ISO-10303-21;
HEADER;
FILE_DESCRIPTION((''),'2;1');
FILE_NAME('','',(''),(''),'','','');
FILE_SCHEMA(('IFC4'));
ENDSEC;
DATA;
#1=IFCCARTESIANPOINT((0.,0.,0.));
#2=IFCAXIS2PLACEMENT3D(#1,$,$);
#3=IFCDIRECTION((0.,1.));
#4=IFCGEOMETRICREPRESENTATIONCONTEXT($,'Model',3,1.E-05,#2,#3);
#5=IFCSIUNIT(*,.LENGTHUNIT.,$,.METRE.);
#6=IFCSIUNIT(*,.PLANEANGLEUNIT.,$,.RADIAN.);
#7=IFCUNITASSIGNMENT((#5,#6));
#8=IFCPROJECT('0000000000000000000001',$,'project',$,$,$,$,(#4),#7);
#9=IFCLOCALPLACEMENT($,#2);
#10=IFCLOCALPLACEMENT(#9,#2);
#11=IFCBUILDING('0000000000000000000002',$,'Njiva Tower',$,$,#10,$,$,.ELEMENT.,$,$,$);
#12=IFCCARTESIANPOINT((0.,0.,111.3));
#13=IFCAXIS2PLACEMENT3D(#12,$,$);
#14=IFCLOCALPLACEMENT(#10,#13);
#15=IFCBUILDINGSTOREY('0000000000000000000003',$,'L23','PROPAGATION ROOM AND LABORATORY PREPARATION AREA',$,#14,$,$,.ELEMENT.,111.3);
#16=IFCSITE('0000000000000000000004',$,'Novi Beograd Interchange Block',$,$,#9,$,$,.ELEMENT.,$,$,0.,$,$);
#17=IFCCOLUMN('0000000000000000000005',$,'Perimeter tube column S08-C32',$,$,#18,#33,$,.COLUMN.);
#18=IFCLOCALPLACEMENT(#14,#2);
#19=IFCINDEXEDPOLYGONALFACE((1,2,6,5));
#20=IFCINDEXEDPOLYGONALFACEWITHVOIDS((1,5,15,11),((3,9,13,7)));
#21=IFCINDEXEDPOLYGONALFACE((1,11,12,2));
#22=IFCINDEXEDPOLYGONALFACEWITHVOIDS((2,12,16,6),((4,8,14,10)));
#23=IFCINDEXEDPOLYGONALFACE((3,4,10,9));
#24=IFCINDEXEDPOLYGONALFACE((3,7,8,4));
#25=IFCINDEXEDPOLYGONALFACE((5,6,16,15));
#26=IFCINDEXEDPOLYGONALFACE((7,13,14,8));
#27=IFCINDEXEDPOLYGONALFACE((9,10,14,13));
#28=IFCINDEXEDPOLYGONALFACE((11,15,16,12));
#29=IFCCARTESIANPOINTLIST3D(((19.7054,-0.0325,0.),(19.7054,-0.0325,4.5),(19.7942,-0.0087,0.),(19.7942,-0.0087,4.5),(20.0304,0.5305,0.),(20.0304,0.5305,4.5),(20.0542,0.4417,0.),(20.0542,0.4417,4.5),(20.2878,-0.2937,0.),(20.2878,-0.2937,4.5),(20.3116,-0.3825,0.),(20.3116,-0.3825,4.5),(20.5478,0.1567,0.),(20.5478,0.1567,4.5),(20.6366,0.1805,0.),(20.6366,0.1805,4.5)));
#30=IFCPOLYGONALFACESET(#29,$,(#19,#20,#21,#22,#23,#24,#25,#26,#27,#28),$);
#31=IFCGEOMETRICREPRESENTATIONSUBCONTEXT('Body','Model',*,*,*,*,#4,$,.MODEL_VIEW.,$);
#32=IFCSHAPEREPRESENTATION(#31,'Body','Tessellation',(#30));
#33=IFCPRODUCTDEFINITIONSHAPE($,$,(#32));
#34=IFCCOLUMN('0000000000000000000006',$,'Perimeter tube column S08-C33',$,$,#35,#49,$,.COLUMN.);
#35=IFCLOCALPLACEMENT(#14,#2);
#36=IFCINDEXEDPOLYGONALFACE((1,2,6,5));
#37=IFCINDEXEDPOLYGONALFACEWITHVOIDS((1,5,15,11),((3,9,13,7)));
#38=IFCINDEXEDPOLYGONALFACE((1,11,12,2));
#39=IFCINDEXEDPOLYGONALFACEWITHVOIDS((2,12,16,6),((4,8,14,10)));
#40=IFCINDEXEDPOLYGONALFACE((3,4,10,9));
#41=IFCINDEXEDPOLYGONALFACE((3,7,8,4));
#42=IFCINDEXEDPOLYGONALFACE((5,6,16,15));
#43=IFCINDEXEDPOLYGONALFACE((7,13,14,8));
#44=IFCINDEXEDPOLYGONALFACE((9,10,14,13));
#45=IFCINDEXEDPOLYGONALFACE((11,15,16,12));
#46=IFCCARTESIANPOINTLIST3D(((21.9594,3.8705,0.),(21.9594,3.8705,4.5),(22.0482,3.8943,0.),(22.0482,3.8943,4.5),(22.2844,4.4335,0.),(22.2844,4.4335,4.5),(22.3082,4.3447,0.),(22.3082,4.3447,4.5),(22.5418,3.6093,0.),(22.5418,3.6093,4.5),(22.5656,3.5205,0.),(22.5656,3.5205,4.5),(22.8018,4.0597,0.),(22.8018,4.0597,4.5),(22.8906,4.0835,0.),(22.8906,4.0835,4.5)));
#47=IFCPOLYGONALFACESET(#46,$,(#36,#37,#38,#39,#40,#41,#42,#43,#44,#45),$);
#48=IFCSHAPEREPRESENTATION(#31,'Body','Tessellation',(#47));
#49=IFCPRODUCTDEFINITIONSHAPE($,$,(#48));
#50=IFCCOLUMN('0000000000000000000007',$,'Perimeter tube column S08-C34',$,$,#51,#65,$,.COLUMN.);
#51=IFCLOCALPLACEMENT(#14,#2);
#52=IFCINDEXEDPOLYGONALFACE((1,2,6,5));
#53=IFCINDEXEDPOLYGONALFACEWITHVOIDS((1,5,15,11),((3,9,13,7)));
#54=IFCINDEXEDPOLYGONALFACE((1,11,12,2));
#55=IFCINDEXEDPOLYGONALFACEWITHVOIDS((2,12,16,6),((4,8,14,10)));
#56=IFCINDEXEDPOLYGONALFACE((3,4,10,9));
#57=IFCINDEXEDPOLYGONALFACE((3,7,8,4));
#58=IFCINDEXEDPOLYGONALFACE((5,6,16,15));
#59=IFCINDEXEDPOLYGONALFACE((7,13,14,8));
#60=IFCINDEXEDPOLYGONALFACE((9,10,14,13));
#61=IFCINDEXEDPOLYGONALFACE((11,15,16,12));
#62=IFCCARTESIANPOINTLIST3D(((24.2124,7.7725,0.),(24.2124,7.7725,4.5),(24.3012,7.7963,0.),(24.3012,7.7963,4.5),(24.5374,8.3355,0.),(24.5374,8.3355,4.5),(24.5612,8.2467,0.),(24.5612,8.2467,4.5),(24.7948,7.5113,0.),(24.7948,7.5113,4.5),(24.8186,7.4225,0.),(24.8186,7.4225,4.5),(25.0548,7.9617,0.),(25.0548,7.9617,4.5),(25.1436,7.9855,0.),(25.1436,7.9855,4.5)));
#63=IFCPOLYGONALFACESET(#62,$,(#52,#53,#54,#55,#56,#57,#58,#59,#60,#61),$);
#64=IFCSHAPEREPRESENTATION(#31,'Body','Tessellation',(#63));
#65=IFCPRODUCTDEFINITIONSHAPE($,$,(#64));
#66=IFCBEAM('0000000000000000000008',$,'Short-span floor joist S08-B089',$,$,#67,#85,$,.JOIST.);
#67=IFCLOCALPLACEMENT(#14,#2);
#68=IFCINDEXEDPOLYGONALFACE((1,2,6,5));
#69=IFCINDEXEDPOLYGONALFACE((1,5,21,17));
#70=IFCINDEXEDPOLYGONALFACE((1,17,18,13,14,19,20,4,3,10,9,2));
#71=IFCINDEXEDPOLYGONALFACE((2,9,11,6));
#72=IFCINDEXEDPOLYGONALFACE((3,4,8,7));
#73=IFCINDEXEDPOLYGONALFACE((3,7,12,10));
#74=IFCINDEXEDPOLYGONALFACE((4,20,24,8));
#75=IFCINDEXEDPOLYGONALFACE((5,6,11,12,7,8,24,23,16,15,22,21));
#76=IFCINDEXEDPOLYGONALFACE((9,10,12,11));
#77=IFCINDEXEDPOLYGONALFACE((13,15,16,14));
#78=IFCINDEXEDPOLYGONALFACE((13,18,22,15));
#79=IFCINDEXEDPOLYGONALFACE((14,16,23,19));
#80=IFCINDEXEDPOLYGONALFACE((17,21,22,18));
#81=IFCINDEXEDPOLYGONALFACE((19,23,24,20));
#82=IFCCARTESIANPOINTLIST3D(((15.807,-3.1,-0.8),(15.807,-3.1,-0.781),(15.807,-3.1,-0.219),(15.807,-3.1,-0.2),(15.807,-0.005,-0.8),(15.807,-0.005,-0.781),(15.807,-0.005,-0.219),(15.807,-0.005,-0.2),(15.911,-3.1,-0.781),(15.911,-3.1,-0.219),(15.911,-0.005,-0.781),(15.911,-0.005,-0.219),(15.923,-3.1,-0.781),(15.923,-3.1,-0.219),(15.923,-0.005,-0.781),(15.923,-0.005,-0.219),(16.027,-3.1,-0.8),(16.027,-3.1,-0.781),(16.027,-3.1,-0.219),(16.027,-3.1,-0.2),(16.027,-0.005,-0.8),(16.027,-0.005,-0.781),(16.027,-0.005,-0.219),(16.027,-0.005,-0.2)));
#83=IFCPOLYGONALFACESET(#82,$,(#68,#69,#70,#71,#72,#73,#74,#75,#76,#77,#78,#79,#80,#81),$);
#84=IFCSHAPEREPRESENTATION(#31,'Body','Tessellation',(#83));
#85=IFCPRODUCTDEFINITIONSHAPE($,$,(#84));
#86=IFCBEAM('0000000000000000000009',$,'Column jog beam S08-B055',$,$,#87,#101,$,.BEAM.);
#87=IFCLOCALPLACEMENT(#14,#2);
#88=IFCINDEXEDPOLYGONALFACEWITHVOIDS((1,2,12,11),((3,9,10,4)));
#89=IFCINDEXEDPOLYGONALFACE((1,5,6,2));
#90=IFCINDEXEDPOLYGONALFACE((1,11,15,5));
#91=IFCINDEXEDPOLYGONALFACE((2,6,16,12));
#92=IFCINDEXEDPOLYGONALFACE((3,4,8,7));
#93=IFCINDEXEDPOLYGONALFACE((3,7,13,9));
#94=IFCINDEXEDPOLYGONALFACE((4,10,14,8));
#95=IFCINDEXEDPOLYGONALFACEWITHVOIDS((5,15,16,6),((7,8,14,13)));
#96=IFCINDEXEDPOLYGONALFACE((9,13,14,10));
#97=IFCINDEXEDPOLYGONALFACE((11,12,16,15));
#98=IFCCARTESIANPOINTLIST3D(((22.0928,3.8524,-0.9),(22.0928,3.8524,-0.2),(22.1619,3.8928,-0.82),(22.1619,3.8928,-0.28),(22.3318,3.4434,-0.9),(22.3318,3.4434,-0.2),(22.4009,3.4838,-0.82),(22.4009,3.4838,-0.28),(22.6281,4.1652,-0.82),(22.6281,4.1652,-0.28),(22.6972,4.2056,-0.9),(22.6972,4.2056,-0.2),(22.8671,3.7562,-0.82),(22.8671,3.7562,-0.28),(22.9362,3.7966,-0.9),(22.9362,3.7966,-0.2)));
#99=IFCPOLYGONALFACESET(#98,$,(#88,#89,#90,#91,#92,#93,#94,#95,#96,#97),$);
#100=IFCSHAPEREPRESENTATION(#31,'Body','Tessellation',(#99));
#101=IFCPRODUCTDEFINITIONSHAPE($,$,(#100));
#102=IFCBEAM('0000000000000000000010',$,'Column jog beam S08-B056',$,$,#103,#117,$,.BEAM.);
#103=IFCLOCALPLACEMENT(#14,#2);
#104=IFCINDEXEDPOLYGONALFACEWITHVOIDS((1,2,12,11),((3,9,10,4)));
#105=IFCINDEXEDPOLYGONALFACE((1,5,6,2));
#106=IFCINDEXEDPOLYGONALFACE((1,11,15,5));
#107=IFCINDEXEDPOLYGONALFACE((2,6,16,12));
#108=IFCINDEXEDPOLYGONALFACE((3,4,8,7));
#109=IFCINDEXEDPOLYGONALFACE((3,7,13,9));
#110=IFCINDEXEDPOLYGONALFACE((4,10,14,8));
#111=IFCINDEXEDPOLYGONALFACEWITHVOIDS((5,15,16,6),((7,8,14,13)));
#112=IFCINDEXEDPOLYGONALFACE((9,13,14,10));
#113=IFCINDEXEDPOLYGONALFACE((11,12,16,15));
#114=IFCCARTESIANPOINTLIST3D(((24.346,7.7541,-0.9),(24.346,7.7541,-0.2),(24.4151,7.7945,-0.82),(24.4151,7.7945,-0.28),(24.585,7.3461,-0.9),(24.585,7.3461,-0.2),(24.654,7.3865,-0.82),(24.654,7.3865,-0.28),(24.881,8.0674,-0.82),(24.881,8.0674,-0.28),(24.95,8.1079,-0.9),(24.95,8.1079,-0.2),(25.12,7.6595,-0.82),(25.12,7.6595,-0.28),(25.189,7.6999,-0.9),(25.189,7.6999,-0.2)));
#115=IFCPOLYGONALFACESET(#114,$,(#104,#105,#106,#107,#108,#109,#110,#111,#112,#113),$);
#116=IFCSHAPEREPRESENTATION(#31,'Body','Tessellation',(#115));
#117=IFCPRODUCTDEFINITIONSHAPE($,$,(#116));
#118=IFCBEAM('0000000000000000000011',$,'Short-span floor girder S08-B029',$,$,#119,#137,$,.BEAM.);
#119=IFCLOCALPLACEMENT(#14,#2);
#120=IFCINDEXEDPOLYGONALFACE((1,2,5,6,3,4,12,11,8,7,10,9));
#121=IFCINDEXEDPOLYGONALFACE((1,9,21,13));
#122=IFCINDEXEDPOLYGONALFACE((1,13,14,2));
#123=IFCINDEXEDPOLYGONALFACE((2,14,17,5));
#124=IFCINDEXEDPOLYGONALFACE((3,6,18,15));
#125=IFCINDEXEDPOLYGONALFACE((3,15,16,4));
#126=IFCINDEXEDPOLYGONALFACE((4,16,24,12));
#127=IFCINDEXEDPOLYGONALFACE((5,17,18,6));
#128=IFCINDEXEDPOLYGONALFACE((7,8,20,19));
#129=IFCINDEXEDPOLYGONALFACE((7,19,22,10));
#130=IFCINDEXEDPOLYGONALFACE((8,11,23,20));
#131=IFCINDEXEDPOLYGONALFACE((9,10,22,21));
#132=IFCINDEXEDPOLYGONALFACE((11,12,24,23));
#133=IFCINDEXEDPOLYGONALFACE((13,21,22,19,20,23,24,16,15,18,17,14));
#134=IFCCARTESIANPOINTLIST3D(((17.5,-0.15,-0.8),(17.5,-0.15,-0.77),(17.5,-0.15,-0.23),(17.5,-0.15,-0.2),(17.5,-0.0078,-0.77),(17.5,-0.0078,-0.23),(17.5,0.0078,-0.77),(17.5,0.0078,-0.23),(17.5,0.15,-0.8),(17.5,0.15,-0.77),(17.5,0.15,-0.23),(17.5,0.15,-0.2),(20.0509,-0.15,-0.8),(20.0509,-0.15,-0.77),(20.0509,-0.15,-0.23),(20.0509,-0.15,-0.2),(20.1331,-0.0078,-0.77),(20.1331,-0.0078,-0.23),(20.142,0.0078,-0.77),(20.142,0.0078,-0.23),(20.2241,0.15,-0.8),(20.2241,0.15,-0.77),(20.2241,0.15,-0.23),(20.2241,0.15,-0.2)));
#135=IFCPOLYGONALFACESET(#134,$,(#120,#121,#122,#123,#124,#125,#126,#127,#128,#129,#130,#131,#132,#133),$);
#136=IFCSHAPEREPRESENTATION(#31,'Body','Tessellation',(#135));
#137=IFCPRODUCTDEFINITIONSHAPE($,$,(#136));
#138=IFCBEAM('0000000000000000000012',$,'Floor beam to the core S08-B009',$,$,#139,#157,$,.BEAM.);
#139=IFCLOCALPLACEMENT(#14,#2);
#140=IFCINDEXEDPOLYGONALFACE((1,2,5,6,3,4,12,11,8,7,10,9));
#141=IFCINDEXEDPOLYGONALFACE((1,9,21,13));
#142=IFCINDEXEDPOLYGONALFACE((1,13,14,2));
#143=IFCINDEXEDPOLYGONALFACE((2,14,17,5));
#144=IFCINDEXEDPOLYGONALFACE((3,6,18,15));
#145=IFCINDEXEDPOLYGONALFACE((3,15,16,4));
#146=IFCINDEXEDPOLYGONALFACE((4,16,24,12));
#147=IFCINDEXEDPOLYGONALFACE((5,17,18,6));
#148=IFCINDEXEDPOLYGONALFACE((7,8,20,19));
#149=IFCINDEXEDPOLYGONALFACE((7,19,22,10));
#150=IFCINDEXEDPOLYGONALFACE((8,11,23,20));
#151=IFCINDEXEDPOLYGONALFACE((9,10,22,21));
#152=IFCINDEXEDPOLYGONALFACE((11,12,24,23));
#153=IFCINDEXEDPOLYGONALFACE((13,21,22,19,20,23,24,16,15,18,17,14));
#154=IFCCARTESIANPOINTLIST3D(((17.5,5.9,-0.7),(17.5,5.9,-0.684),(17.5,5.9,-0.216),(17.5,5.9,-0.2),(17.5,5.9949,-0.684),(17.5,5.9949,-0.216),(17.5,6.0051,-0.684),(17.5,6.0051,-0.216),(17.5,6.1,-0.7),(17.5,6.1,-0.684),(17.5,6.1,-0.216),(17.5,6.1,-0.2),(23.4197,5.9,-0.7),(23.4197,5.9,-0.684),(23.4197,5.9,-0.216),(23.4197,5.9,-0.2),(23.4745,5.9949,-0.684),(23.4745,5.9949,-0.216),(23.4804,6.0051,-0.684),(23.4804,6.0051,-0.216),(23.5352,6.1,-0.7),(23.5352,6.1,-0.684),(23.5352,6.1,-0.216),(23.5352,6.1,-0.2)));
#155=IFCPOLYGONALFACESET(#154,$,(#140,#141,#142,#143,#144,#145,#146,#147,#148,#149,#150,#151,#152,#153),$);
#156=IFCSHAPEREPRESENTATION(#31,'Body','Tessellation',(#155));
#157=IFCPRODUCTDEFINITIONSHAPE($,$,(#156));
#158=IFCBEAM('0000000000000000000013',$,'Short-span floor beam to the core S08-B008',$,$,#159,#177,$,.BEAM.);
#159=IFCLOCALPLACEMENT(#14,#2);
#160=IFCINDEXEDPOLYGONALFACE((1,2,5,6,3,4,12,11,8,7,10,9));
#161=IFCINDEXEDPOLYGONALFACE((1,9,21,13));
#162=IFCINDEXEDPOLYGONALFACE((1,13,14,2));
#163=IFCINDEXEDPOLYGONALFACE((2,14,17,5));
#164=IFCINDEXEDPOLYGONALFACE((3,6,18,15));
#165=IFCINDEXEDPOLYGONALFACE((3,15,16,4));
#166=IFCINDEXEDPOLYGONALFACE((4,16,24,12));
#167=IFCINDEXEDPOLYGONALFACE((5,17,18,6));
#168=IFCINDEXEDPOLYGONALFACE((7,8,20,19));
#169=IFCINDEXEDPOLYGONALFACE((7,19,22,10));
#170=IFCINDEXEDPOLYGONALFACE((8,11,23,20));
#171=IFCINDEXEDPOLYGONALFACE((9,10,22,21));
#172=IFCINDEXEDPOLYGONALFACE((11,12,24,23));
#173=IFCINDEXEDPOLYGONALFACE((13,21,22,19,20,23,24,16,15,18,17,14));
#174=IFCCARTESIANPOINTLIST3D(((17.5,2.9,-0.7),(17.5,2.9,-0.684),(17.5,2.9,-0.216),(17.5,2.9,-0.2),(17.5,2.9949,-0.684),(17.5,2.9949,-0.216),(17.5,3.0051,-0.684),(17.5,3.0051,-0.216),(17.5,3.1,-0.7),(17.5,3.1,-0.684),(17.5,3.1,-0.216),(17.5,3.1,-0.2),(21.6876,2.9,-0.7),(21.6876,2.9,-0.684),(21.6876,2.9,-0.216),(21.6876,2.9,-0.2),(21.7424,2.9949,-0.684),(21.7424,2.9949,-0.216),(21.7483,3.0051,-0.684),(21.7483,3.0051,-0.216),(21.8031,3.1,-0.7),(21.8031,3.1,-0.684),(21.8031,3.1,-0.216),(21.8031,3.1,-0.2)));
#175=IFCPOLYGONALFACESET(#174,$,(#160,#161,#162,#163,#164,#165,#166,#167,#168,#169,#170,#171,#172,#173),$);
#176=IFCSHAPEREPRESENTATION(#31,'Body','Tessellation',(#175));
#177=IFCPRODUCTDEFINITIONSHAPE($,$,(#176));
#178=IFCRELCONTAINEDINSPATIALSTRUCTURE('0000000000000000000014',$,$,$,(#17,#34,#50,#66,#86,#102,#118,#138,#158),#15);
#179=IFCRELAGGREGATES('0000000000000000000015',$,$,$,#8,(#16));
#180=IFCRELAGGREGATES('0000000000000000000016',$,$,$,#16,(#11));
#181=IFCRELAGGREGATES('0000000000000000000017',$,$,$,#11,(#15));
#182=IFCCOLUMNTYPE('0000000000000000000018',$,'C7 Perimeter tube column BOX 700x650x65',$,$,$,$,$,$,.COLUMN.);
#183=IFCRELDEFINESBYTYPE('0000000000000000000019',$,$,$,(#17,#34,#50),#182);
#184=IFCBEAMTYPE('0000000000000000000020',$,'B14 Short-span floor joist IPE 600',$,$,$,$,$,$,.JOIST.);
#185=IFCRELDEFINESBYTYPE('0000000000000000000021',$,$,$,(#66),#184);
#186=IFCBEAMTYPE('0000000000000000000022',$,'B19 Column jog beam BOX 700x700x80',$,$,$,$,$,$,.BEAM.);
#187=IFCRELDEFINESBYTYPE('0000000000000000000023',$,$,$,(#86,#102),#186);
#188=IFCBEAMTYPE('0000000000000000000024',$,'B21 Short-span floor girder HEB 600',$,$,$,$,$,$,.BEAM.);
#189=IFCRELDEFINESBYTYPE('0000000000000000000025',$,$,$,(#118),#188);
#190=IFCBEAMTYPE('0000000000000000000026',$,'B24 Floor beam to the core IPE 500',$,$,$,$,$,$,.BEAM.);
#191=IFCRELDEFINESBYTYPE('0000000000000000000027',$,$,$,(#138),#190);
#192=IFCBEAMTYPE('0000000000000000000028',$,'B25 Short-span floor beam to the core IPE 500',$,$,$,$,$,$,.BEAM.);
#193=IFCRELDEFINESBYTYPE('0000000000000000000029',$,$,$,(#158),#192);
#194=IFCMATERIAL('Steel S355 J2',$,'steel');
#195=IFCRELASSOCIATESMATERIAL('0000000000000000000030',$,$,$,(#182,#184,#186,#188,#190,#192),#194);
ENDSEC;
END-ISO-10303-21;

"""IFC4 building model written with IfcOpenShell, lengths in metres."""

from ifc_helpers import new_model, si_unit, direction, frame, origin, origin_2d, place, context, subcontext, project, spatial, hollow_rectangle, i_section, extrude, clip, halfspace, material, material_profile, profile_set, type_object, element, save


model = new_model("IFC4")

# Units and contexts
model_context = context("Model", 3, precision=1e-05, world=origin(), true_north=direction((0.0, 1.0)))
body_context = subcontext(model_context, "Body", "Model", "MODEL_VIEW")
ifc_project = project(units=[si_unit("LENGTHUNIT", "METRE"), si_unit("PLANEANGLEUNIT", "RADIAN")], contexts=[model_context])

# Site, building, storey
site_placement = place(None, origin())
site = spatial("IfcSite", under=ifc_project, at=site_placement, Name="Novi Beograd Interchange Block", CompositionType="ELEMENT", RefElevation=0.0)
building_placement = place(site_placement, origin())
building = spatial("IfcBuilding", under=site, at=building_placement, Name="Njiva Tower", CompositionType="ELEMENT")
storey_placement = place(building_placement, frame((0.0, 0.0, 111.3)))
storey = spatial("IfcBuildingStorey", under=building, at=storey_placement, Name="L23", Description="PROPAGATION ROOM AND LABORATORY PREPARATION AREA", CompositionType="ELEMENT", Elevation=111.3)

# Columns
ifc_material_1 = material(Name="Steel S355 J2", Category="steel")
ifc_material_profile_1 = material_profile(ifc_material_1, hollow_rectangle(XDim=0.65, YDim=0.7, WallThickness=0.065, at=origin_2d()), Name="BOX 700x650x65")
ifc_profile_set_1 = profile_set([ifc_material_profile_1], Name="Steel S355 J2")
column_type = type_object("IfcColumnType", Name="C7 Perimeter tube column BOX 700x650x65", PredefinedType="COLUMN", material=ifc_profile_set_1)
for number, where, z_axis, x_axis, name in (
    (1, (20.171, 0.074, 0.0), (0.0, 0.0, 1.0), (0.5, 0.866025, 0.0), "Perimeter tube column S08-C32"),
    (2, (22.425, 3.977, 0.0), (0.0, 0.0, 1.0), (0.5, 0.866025, 0.0), "Perimeter tube column S08-C33"),
    (3, (24.678, 7.879, 0.0), (0.0, 0.0, 1.0), (0.5, 0.866025, 0.0), "Perimeter tube column S08-C34"),
):
    element("IfcColumn", number, at=place(storey_placement, frame(where, z_axis=z_axis, x_axis=x_axis)), inside=storey, type_object=column_type, Name=name, PredefinedType="COLUMN", context=body_context, shape_type="SweptSolid", body=[
        extrude(hollow_rectangle(XDim=0.65, YDim=0.7, WallThickness=0.065, at=origin_2d()), origin(), (0.0, 0.0, 1.0), 4.5),
    ])

# Beams
ifc_material_profile_2 = material_profile(ifc_material_1, i_section(OverallWidth=0.22, OverallDepth=0.6, WebThickness=0.012, FlangeThickness=0.019, at=origin_2d()), Name="IPE 600")
ifc_profile_set_2 = profile_set([ifc_material_profile_2], Name="Steel S355 J2")
beam_type_1 = type_object("IfcBeamType", Name="B14 Short-span floor joist IPE 600", PredefinedType="JOIST", material=ifc_profile_set_2)
beam_1_placement = place(storey_placement, frame((15.917, -0.005, -0.5), z_axis=(0.0, -1.0, 0.0), x_axis=(1.0, 0.0, 0.0)))
element("IfcBeam", 4, at=beam_1_placement, inside=storey, type_object=beam_type_1, Name="Short-span floor joist S08-B089", PredefinedType="JOIST", context=body_context, shape_type="SweptSolid", body=[
    extrude(i_section(OverallWidth=0.22, OverallDepth=0.6, WebThickness=0.012, FlangeThickness=0.019, at=origin_2d()), origin(), (0.0, 0.0, 1.0), 3.095),
])
ifc_material_profile_3 = material_profile(ifc_material_1, hollow_rectangle(XDim=0.7, YDim=0.7, WallThickness=0.08, at=origin_2d()), Name="BOX 700x700x80")
ifc_profile_set_3 = profile_set([ifc_material_profile_3], Name="Steel S355 J2")
beam_type_2 = type_object("IfcBeamType", Name="B19 Column jog beam BOX 700x700x80", PredefinedType="BEAM", material=ifc_profile_set_3)
beam_2_placement = place(storey_placement, frame((22.634, 3.62, -0.55), z_axis=(-0.504527, 0.863396, 0.0), x_axis=(-0.863396, -0.504527, 0.0)))
element("IfcBeam", 5, at=beam_2_placement, inside=storey, type_object=beam_type_2, Name="Column jog beam S08-B055", PredefinedType="BEAM", context=body_context, shape_type="SweptSolid", body=[
    extrude(hollow_rectangle(XDim=0.7, YDim=0.7, WallThickness=0.08, at=origin_2d()), origin(), (0.0, 0.0, 1.0), 0.4737),
])
beam_3_placement = place(storey_placement, frame((24.887, 7.523, -0.55), z_axis=(-0.505448, 0.862857, 0.0), x_axis=(-0.862857, -0.505448, 0.0)))
element("IfcBeam", 6, at=beam_3_placement, inside=storey, type_object=beam_type_2, Name="Column jog beam S08-B056", PredefinedType="BEAM", context=body_context, shape_type="SweptSolid", body=[
    extrude(hollow_rectangle(XDim=0.7, YDim=0.7, WallThickness=0.08, at=origin_2d()), origin(), (0.0, 0.0, 1.0), 0.4728),
])
ifc_material_profile_4 = material_profile(ifc_material_1, i_section(OverallWidth=0.3, OverallDepth=0.6, WebThickness=0.0155, FlangeThickness=0.03, at=origin_2d()), Name="HEB 600")
ifc_profile_set_4 = profile_set([ifc_material_profile_4], Name="Steel S355 J2")
beam_type_3 = type_object("IfcBeamType", Name="B21 Short-span floor girder HEB 600", PredefinedType="BEAM", material=ifc_profile_set_4)
beam_4_placement = place(storey_placement, frame((17.5, 0.0, -0.5), z_axis=(1.0, 0.0, 0.0), x_axis=(0.0, 1.0, 0.0)))
element("IfcBeam", 7, at=beam_4_placement, inside=storey, type_object=beam_type_3, Name="Short-span floor girder S08-B029", PredefinedType="BEAM", context=body_context, shape_type="Clipping", body=[
    clip(extrude(i_section(OverallWidth=0.3, OverallDepth=0.6, WebThickness=0.0155, FlangeThickness=0.03, at=origin_2d()), origin(), (0.0, 0.0, 1.0), 2.745), halfspace(frame((-0.025, 0.0, 2.6231), z_axis=(-0.499998, 0.0, 0.866027), x_axis=(0.0, 1.0, 0.0)), False)),
])
ifc_material_profile_5 = material_profile(ifc_material_1, i_section(OverallWidth=0.2, OverallDepth=0.5, WebThickness=0.0102, FlangeThickness=0.016, at=origin_2d()), Name="IPE 500")
ifc_profile_set_5 = profile_set([ifc_material_profile_5], Name="Steel S355 J2")
beam_type_4 = type_object("IfcBeamType", Name="B24 Floor beam to the core IPE 500", PredefinedType="BEAM", material=ifc_profile_set_5)
beam_5_placement = place(storey_placement, frame((17.5, 6.0, -0.45), z_axis=(1.0, 0.0, 0.0), x_axis=(0.0, 1.0, 0.0)))
element("IfcBeam", 8, at=beam_5_placement, inside=storey, type_object=beam_type_4, Name="Floor beam to the core S08-B009", PredefinedType="BEAM", context=body_context, shape_type="Clipping", body=[
    clip(extrude(i_section(OverallWidth=0.2, OverallDepth=0.5, WebThickness=0.0102, FlangeThickness=0.016, at=origin_2d()), origin(), (0.0, 0.0, 1.0), 6.055), halfspace(frame((-0.025, 0.0, 5.963), z_axis=(-0.499998, 0.0, 0.866027), x_axis=(0.0, 1.0, 0.0)), False)),
])
ifc_material_profile_6 = material_profile(ifc_material_1, i_section(OverallWidth=0.2, OverallDepth=0.5, WebThickness=0.0102, FlangeThickness=0.016, at=origin_2d()), Name="IPE 500")
ifc_profile_set_6 = profile_set([ifc_material_profile_6], Name="Steel S355 J2")
beam_type_5 = type_object("IfcBeamType", Name="B25 Short-span floor beam to the core IPE 500", PredefinedType="BEAM", material=ifc_profile_set_6)
beam_6_placement = place(storey_placement, frame((17.5, 3.0, -0.45), z_axis=(1.0, 0.0, 0.0), x_axis=(0.0, 1.0, 0.0)))
element("IfcBeam", 9, at=beam_6_placement, inside=storey, type_object=beam_type_5, Name="Short-span floor beam to the core S08-B008", PredefinedType="BEAM", context=body_context, shape_type="Clipping", body=[
    clip(extrude(i_section(OverallWidth=0.2, OverallDepth=0.5, WebThickness=0.0102, FlangeThickness=0.016, at=origin_2d()), origin(), (0.0, 0.0, 1.0), 4.323), halfspace(frame((-0.025, 0.0, 4.2309), z_axis=(-0.499998, 0.0, 0.866027), x_axis=(0.0, 1.0, 0.0)), False)),
])

save(model, "model.ifc")
